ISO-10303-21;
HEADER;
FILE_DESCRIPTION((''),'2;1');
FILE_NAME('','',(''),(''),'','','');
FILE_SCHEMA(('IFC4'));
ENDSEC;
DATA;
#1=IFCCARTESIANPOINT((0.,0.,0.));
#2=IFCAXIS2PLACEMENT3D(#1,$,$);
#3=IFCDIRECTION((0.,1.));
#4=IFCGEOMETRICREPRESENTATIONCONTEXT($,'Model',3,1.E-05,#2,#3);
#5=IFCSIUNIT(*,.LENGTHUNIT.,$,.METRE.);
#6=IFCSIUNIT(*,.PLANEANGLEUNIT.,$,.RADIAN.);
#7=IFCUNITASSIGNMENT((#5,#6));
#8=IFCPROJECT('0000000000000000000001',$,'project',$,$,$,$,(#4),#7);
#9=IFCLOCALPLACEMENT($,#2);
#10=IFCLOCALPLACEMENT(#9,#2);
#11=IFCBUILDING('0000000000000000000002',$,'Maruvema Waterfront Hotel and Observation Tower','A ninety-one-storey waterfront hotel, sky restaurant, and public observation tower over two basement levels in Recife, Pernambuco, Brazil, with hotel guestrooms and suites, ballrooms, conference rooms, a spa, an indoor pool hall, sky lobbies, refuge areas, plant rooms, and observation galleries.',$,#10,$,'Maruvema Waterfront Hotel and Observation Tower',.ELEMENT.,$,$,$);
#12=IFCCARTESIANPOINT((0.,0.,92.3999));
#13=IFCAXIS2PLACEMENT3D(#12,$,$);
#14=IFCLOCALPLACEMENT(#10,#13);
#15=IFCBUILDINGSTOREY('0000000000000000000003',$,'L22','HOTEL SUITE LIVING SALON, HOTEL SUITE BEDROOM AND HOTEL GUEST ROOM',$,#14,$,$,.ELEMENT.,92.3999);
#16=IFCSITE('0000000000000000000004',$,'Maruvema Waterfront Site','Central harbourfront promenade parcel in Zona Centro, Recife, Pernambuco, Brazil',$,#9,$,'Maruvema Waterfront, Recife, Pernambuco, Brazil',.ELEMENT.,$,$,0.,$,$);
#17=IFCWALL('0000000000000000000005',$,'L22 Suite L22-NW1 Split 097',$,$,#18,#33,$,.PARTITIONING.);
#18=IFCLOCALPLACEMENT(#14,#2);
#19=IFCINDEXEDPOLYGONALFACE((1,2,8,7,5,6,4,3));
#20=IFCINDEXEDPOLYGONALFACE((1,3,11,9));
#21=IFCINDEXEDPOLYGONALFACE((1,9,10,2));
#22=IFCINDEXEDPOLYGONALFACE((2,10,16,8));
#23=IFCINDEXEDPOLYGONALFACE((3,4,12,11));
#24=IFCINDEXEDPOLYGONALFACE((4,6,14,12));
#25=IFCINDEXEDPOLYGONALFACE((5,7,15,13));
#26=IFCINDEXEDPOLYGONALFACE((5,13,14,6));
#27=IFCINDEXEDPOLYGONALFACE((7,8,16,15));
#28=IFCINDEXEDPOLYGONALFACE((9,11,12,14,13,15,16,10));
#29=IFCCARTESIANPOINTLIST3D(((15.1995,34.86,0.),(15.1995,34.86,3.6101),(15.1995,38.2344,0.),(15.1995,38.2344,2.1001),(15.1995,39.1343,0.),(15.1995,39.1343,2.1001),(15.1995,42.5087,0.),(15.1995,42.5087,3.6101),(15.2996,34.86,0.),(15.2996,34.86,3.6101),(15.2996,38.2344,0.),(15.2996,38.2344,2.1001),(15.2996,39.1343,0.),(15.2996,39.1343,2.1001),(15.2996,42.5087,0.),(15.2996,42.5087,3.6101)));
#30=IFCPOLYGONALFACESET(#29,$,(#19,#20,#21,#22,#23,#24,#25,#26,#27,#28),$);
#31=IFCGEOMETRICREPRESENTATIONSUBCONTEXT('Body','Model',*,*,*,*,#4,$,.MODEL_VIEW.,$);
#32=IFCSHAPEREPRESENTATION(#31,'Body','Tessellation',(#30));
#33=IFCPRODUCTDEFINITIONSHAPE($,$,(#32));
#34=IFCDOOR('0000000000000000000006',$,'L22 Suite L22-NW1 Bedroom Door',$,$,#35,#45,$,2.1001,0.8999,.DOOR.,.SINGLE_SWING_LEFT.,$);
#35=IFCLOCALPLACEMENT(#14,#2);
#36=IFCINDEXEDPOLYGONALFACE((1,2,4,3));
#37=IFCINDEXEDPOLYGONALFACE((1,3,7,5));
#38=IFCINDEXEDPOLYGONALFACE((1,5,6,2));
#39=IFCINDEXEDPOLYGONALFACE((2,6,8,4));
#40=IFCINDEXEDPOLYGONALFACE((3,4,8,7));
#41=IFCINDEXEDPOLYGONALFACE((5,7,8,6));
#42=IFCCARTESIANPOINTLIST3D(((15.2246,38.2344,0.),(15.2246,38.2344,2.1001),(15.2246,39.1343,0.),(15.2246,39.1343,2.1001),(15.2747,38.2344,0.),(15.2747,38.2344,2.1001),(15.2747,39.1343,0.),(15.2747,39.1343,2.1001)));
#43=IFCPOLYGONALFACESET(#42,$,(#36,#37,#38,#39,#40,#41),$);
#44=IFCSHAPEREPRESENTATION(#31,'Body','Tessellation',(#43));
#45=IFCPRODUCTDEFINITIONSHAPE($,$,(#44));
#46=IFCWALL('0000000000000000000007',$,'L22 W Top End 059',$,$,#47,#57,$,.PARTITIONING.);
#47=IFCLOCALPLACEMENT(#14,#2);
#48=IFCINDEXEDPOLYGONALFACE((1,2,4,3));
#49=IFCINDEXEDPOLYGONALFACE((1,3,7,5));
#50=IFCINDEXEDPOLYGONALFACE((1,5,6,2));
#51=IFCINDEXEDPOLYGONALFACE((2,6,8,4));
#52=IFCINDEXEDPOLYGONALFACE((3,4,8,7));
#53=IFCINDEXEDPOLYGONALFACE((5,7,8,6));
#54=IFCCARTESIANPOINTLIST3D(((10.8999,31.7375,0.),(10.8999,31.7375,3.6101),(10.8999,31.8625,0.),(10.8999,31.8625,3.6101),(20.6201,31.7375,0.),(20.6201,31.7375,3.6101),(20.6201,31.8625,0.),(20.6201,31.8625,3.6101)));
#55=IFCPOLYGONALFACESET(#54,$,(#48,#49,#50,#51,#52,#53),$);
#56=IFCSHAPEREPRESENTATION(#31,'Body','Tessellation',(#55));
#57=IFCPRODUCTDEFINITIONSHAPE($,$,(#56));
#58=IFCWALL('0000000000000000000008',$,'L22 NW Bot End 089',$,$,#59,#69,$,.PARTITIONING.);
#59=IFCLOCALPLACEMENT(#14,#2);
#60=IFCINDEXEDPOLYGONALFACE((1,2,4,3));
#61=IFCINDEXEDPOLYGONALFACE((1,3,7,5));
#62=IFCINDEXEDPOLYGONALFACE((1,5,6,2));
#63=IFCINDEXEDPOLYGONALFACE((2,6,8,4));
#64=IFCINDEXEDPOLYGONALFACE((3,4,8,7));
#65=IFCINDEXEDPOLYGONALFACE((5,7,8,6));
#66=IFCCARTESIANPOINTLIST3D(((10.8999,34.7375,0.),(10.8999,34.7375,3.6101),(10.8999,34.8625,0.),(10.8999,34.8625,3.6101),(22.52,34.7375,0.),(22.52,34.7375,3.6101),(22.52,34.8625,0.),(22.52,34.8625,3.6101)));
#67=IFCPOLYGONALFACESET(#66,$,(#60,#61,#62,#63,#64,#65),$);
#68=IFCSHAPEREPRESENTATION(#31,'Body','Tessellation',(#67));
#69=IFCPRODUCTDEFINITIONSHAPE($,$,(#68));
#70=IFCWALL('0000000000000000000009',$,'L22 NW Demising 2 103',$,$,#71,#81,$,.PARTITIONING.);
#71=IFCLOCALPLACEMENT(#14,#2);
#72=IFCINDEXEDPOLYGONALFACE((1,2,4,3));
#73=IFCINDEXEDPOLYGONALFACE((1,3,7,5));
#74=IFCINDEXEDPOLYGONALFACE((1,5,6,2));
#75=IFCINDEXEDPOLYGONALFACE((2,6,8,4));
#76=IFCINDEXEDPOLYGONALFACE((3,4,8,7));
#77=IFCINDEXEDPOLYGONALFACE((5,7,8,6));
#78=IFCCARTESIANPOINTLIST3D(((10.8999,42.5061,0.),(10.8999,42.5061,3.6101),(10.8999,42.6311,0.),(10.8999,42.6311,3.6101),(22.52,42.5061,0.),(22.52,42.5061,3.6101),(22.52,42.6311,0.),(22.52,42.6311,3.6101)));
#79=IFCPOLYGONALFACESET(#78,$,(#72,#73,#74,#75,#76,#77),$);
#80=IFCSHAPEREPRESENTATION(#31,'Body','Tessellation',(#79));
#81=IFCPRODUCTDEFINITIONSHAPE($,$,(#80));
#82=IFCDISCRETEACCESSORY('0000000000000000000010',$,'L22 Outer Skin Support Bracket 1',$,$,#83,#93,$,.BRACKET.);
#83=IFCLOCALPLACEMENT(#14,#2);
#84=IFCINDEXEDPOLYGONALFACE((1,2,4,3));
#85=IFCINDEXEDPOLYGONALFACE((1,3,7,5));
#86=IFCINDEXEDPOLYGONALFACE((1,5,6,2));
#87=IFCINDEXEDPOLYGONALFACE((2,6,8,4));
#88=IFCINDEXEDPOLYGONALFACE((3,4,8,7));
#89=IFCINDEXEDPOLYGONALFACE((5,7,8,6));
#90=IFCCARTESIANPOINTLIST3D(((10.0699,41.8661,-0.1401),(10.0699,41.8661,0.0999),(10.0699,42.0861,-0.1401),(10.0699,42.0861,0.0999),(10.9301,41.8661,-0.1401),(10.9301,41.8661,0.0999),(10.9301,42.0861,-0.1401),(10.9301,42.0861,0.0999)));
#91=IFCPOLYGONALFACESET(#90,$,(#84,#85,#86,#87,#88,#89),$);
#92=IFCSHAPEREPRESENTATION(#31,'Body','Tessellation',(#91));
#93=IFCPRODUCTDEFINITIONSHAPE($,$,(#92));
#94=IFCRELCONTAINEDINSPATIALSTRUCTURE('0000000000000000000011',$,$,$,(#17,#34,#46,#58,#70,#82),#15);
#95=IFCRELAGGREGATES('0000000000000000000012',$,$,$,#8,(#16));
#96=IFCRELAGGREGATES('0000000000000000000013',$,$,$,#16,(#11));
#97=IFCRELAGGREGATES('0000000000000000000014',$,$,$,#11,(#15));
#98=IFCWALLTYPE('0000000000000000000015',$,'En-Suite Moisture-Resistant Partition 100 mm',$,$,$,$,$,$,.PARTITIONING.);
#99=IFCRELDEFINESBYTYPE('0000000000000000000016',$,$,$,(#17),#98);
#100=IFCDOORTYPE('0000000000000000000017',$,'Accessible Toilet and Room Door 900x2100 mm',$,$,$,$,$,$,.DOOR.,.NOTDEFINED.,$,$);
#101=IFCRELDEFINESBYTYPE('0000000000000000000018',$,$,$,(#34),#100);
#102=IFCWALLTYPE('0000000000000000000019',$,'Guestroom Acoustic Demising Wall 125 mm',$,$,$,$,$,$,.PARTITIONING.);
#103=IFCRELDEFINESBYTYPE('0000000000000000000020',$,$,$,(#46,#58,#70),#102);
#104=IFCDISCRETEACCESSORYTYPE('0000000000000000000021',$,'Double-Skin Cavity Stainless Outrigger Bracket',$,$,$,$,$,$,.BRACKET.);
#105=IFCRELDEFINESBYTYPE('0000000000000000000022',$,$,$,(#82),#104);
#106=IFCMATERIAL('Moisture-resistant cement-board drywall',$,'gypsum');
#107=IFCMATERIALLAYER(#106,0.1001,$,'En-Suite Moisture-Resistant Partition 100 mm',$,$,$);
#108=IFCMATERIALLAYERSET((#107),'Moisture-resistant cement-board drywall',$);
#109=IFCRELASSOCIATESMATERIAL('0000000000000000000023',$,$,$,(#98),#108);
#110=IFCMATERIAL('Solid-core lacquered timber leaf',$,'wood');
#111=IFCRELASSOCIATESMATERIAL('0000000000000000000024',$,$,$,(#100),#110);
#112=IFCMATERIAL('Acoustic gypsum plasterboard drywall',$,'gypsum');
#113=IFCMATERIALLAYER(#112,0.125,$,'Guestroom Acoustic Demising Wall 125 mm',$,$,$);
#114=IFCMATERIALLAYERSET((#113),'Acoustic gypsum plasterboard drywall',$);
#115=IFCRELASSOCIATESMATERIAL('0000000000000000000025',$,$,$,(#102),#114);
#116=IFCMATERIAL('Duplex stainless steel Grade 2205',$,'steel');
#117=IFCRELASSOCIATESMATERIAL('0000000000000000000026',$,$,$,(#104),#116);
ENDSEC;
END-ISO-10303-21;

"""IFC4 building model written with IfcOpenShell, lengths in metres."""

from ifc_helpers import new_model, si_unit, direction, frame, frame_2d, origin, origin_2d, place, context, subcontext, project, spatial, rectangle, extrude, material, layer, layer_set, type_object, element, fill, save


model = new_model("IFC4")

# Units and contexts
model_context = context("Model", 3, precision=1e-05, world=origin(), true_north=direction((0.0, 1.0)))
body_context = subcontext(model_context, "Body", "Model", "MODEL_VIEW")
ifc_project = project(units=[si_unit("LENGTHUNIT", "METRE"), si_unit("PLANEANGLEUNIT", "RADIAN")], contexts=[model_context])

# Site, building, storey
site_placement = place(None, origin())
site = spatial("IfcSite", under=ifc_project, at=site_placement, Name="Maruvema Waterfront Site", Description="Central harbourfront promenade parcel in Zona Centro, Recife, Pernambuco, Brazil", LongName="Maruvema Waterfront, Recife, Pernambuco, Brazil", CompositionType="ELEMENT", RefElevation=0.0)
building_placement = place(site_placement, origin())
building = spatial("IfcBuilding", under=site, at=building_placement, Name="Maruvema Waterfront Hotel and Observation Tower", Description="A ninety-one-storey waterfront hotel, sky restaurant, and public observation tower over two basement levels in Recife, Pernambuco, Brazil, with hotel guestrooms and suites, ballrooms, conference rooms, a spa, an indoor pool hall, sky lobbies, refuge areas, plant rooms, and observation galleries.", LongName="Maruvema Waterfront Hotel and Observation Tower", CompositionType="ELEMENT")
storey_placement = place(building_placement, frame((0.0, 0.0, 92.3999)))
storey = spatial("IfcBuildingStorey", under=building, at=storey_placement, Name="L22", Description="HOTEL SUITE LIVING SALON, HOTEL SUITE BEDROOM AND HOTEL GUEST ROOM", CompositionType="ELEMENT", Elevation=92.3999)

# Shared definitions
ifc_material_1 = material(Name="Moisture-resistant cement-board drywall", Category="gypsum")
ifc_layer_1 = layer(ifc_material_1, 0.1001, Name="En-Suite Moisture-Resistant Partition 100 mm")
ifc_layer_set_1 = layer_set([ifc_layer_1], Name="Moisture-resistant cement-board drywall")
wall_type_1 = type_object("IfcWallType", Name="En-Suite Moisture-Resistant Partition 100 mm", PredefinedType="PARTITIONING", material=ifc_layer_set_1)

# Wall, opening, door
wall_1_placement = place(storey_placement, frame((15.2495, 34.8601, 0.0), z_axis=(0.0, 0.0, 1.0), x_axis=(0.0, 1.0, 0.0)))
wall_1 = element("IfcWall", 1, at=wall_1_placement, inside=storey, type_object=wall_type_1, Name="L22 Suite L22-NW1 Split 097", PredefinedType="PARTITIONING", context=body_context, shape_type="SweptSolid", body=[
    extrude(rectangle(XDim=7.6487, YDim=0.1001, at=frame_2d((3.8242, 0.0))), origin(), (0.0, 0.0, 1.0), 3.6101),
])
opening_1_placement = place(wall_1_placement, frame((3.3743, 0.0, 0.0)))
opening_1 = element("IfcOpeningElement", 2, at=opening_1_placement, cuts=wall_1, PredefinedType="OPENING", context=body_context, shape_type="SweptSolid", body=[
    extrude(rectangle(XDim=0.8999, YDim=2.1001, at=frame_2d((0.45, 1.05))), frame((0.0, 0.0601, 0.0), z_axis=(0.0, -1.0, 0.0), x_axis=(1.0, 0.0, 0.0)), (0.0, 0.0, 1.0), 0.1201),
])
ifc_material_2 = material(Name="Solid-core lacquered timber leaf", Category="wood")
door_type_1 = type_object("IfcDoorType", Name="Accessible Toilet and Room Door 900x2100 mm", OperationType="NOTDEFINED", PredefinedType="DOOR", material=ifc_material_2)
door_1_placement = place(opening_1_placement, origin())
door_1 = element("IfcDoor", 3, at=door_1_placement, inside=storey, type_object=door_type_1, Name="L22 Suite L22-NW1 Bedroom Door", OperationType="SINGLE_SWING_LEFT", OverallHeight=2.1001, OverallWidth=0.8999, PredefinedType="DOOR", context=body_context, shape_type="SweptSolid", body=[
    extrude(rectangle(XDim=0.8999, YDim=2.1001, at=frame_2d((0.45, 1.05))), frame((0.0, 0.0249, 0.0), z_axis=(0.0, -1.0, 0.0), x_axis=(1.0, 0.0, 0.0)), (0.0, 0.0, 1.0), 0.05),
])
fill(opening_1, door_1)

# Walls
ifc_material_3 = material(Name="Acoustic gypsum plasterboard drywall", Category="gypsum")
ifc_layer_2 = layer(ifc_material_3, 0.125, Name="Guestroom Acoustic Demising Wall 125 mm")
ifc_layer_set_2 = layer_set([ifc_layer_2], Name="Acoustic gypsum plasterboard drywall")
wall_type_2 = type_object("IfcWallType", Name="Guestroom Acoustic Demising Wall 125 mm", PredefinedType="PARTITIONING", material=ifc_layer_set_2)
wall_2_placement = place(storey_placement, frame((10.8999, 31.8, 0.0), z_axis=(0.0, 0.0, 1.0), x_axis=(1.0, 0.0, 0.0)))
element("IfcWall", 4, at=wall_2_placement, inside=storey, type_object=wall_type_2, Name="L22 W Top End 059", PredefinedType="PARTITIONING", context=body_context, shape_type="SweptSolid", body=[
    extrude(rectangle(XDim=9.7202, YDim=0.125, at=frame_2d((4.8601, 0.0))), origin(), (0.0, 0.0, 1.0), 3.6101),
])
for number, where, z_axis, x_axis, name in (
    (5, (10.8999, 34.8, 0.0), (0.0, 0.0, 1.0), (1.0, 0.0, 0.0), "L22 NW Bot End 089"),
    (6, (10.8999, 42.5686, 0.0), (0.0, 0.0, 1.0), (1.0, 0.0, 0.0), "L22 NW Demising 2 103"),
):
    element("IfcWall", number, at=place(storey_placement, frame(where, z_axis=z_axis, x_axis=x_axis)), inside=storey, type_object=wall_type_2, Name=name, PredefinedType="PARTITIONING", context=body_context, shape_type="SweptSolid", body=[
        extrude(rectangle(XDim=11.6201, YDim=0.125, at=frame_2d((5.8101, 0.0))), origin(), (0.0, 0.0, 1.0), 3.6101),
    ])

# Discrete accessory
ifc_material_4 = material(Name="Duplex stainless steel Grade 2205", Category="steel")
discrete_accessory_type = type_object("IfcDiscreteAccessoryType", Name="Double-Skin Cavity Stainless Outrigger Bracket", PredefinedType="BRACKET", material=ifc_material_4)
discrete_accessory_placement = place(storey_placement, frame((10.5, 41.9761, -0.1401), z_axis=(0.0, 0.0, 1.0), x_axis=(0.0, -1.0, 0.0)))
element("IfcDiscreteAccessory", 7, at=discrete_accessory_placement, inside=storey, type_object=discrete_accessory_type, Name="L22 Outer Skin Support Bracket 1", PredefinedType="BRACKET", context=body_context, shape_type="SweptSolid", body=[
    extrude(rectangle(XDim=0.22, YDim=0.8601, at=origin_2d()), origin(), (0.0, 0.0, 1.0), 0.24),
])

save(model, "model.ifc")
